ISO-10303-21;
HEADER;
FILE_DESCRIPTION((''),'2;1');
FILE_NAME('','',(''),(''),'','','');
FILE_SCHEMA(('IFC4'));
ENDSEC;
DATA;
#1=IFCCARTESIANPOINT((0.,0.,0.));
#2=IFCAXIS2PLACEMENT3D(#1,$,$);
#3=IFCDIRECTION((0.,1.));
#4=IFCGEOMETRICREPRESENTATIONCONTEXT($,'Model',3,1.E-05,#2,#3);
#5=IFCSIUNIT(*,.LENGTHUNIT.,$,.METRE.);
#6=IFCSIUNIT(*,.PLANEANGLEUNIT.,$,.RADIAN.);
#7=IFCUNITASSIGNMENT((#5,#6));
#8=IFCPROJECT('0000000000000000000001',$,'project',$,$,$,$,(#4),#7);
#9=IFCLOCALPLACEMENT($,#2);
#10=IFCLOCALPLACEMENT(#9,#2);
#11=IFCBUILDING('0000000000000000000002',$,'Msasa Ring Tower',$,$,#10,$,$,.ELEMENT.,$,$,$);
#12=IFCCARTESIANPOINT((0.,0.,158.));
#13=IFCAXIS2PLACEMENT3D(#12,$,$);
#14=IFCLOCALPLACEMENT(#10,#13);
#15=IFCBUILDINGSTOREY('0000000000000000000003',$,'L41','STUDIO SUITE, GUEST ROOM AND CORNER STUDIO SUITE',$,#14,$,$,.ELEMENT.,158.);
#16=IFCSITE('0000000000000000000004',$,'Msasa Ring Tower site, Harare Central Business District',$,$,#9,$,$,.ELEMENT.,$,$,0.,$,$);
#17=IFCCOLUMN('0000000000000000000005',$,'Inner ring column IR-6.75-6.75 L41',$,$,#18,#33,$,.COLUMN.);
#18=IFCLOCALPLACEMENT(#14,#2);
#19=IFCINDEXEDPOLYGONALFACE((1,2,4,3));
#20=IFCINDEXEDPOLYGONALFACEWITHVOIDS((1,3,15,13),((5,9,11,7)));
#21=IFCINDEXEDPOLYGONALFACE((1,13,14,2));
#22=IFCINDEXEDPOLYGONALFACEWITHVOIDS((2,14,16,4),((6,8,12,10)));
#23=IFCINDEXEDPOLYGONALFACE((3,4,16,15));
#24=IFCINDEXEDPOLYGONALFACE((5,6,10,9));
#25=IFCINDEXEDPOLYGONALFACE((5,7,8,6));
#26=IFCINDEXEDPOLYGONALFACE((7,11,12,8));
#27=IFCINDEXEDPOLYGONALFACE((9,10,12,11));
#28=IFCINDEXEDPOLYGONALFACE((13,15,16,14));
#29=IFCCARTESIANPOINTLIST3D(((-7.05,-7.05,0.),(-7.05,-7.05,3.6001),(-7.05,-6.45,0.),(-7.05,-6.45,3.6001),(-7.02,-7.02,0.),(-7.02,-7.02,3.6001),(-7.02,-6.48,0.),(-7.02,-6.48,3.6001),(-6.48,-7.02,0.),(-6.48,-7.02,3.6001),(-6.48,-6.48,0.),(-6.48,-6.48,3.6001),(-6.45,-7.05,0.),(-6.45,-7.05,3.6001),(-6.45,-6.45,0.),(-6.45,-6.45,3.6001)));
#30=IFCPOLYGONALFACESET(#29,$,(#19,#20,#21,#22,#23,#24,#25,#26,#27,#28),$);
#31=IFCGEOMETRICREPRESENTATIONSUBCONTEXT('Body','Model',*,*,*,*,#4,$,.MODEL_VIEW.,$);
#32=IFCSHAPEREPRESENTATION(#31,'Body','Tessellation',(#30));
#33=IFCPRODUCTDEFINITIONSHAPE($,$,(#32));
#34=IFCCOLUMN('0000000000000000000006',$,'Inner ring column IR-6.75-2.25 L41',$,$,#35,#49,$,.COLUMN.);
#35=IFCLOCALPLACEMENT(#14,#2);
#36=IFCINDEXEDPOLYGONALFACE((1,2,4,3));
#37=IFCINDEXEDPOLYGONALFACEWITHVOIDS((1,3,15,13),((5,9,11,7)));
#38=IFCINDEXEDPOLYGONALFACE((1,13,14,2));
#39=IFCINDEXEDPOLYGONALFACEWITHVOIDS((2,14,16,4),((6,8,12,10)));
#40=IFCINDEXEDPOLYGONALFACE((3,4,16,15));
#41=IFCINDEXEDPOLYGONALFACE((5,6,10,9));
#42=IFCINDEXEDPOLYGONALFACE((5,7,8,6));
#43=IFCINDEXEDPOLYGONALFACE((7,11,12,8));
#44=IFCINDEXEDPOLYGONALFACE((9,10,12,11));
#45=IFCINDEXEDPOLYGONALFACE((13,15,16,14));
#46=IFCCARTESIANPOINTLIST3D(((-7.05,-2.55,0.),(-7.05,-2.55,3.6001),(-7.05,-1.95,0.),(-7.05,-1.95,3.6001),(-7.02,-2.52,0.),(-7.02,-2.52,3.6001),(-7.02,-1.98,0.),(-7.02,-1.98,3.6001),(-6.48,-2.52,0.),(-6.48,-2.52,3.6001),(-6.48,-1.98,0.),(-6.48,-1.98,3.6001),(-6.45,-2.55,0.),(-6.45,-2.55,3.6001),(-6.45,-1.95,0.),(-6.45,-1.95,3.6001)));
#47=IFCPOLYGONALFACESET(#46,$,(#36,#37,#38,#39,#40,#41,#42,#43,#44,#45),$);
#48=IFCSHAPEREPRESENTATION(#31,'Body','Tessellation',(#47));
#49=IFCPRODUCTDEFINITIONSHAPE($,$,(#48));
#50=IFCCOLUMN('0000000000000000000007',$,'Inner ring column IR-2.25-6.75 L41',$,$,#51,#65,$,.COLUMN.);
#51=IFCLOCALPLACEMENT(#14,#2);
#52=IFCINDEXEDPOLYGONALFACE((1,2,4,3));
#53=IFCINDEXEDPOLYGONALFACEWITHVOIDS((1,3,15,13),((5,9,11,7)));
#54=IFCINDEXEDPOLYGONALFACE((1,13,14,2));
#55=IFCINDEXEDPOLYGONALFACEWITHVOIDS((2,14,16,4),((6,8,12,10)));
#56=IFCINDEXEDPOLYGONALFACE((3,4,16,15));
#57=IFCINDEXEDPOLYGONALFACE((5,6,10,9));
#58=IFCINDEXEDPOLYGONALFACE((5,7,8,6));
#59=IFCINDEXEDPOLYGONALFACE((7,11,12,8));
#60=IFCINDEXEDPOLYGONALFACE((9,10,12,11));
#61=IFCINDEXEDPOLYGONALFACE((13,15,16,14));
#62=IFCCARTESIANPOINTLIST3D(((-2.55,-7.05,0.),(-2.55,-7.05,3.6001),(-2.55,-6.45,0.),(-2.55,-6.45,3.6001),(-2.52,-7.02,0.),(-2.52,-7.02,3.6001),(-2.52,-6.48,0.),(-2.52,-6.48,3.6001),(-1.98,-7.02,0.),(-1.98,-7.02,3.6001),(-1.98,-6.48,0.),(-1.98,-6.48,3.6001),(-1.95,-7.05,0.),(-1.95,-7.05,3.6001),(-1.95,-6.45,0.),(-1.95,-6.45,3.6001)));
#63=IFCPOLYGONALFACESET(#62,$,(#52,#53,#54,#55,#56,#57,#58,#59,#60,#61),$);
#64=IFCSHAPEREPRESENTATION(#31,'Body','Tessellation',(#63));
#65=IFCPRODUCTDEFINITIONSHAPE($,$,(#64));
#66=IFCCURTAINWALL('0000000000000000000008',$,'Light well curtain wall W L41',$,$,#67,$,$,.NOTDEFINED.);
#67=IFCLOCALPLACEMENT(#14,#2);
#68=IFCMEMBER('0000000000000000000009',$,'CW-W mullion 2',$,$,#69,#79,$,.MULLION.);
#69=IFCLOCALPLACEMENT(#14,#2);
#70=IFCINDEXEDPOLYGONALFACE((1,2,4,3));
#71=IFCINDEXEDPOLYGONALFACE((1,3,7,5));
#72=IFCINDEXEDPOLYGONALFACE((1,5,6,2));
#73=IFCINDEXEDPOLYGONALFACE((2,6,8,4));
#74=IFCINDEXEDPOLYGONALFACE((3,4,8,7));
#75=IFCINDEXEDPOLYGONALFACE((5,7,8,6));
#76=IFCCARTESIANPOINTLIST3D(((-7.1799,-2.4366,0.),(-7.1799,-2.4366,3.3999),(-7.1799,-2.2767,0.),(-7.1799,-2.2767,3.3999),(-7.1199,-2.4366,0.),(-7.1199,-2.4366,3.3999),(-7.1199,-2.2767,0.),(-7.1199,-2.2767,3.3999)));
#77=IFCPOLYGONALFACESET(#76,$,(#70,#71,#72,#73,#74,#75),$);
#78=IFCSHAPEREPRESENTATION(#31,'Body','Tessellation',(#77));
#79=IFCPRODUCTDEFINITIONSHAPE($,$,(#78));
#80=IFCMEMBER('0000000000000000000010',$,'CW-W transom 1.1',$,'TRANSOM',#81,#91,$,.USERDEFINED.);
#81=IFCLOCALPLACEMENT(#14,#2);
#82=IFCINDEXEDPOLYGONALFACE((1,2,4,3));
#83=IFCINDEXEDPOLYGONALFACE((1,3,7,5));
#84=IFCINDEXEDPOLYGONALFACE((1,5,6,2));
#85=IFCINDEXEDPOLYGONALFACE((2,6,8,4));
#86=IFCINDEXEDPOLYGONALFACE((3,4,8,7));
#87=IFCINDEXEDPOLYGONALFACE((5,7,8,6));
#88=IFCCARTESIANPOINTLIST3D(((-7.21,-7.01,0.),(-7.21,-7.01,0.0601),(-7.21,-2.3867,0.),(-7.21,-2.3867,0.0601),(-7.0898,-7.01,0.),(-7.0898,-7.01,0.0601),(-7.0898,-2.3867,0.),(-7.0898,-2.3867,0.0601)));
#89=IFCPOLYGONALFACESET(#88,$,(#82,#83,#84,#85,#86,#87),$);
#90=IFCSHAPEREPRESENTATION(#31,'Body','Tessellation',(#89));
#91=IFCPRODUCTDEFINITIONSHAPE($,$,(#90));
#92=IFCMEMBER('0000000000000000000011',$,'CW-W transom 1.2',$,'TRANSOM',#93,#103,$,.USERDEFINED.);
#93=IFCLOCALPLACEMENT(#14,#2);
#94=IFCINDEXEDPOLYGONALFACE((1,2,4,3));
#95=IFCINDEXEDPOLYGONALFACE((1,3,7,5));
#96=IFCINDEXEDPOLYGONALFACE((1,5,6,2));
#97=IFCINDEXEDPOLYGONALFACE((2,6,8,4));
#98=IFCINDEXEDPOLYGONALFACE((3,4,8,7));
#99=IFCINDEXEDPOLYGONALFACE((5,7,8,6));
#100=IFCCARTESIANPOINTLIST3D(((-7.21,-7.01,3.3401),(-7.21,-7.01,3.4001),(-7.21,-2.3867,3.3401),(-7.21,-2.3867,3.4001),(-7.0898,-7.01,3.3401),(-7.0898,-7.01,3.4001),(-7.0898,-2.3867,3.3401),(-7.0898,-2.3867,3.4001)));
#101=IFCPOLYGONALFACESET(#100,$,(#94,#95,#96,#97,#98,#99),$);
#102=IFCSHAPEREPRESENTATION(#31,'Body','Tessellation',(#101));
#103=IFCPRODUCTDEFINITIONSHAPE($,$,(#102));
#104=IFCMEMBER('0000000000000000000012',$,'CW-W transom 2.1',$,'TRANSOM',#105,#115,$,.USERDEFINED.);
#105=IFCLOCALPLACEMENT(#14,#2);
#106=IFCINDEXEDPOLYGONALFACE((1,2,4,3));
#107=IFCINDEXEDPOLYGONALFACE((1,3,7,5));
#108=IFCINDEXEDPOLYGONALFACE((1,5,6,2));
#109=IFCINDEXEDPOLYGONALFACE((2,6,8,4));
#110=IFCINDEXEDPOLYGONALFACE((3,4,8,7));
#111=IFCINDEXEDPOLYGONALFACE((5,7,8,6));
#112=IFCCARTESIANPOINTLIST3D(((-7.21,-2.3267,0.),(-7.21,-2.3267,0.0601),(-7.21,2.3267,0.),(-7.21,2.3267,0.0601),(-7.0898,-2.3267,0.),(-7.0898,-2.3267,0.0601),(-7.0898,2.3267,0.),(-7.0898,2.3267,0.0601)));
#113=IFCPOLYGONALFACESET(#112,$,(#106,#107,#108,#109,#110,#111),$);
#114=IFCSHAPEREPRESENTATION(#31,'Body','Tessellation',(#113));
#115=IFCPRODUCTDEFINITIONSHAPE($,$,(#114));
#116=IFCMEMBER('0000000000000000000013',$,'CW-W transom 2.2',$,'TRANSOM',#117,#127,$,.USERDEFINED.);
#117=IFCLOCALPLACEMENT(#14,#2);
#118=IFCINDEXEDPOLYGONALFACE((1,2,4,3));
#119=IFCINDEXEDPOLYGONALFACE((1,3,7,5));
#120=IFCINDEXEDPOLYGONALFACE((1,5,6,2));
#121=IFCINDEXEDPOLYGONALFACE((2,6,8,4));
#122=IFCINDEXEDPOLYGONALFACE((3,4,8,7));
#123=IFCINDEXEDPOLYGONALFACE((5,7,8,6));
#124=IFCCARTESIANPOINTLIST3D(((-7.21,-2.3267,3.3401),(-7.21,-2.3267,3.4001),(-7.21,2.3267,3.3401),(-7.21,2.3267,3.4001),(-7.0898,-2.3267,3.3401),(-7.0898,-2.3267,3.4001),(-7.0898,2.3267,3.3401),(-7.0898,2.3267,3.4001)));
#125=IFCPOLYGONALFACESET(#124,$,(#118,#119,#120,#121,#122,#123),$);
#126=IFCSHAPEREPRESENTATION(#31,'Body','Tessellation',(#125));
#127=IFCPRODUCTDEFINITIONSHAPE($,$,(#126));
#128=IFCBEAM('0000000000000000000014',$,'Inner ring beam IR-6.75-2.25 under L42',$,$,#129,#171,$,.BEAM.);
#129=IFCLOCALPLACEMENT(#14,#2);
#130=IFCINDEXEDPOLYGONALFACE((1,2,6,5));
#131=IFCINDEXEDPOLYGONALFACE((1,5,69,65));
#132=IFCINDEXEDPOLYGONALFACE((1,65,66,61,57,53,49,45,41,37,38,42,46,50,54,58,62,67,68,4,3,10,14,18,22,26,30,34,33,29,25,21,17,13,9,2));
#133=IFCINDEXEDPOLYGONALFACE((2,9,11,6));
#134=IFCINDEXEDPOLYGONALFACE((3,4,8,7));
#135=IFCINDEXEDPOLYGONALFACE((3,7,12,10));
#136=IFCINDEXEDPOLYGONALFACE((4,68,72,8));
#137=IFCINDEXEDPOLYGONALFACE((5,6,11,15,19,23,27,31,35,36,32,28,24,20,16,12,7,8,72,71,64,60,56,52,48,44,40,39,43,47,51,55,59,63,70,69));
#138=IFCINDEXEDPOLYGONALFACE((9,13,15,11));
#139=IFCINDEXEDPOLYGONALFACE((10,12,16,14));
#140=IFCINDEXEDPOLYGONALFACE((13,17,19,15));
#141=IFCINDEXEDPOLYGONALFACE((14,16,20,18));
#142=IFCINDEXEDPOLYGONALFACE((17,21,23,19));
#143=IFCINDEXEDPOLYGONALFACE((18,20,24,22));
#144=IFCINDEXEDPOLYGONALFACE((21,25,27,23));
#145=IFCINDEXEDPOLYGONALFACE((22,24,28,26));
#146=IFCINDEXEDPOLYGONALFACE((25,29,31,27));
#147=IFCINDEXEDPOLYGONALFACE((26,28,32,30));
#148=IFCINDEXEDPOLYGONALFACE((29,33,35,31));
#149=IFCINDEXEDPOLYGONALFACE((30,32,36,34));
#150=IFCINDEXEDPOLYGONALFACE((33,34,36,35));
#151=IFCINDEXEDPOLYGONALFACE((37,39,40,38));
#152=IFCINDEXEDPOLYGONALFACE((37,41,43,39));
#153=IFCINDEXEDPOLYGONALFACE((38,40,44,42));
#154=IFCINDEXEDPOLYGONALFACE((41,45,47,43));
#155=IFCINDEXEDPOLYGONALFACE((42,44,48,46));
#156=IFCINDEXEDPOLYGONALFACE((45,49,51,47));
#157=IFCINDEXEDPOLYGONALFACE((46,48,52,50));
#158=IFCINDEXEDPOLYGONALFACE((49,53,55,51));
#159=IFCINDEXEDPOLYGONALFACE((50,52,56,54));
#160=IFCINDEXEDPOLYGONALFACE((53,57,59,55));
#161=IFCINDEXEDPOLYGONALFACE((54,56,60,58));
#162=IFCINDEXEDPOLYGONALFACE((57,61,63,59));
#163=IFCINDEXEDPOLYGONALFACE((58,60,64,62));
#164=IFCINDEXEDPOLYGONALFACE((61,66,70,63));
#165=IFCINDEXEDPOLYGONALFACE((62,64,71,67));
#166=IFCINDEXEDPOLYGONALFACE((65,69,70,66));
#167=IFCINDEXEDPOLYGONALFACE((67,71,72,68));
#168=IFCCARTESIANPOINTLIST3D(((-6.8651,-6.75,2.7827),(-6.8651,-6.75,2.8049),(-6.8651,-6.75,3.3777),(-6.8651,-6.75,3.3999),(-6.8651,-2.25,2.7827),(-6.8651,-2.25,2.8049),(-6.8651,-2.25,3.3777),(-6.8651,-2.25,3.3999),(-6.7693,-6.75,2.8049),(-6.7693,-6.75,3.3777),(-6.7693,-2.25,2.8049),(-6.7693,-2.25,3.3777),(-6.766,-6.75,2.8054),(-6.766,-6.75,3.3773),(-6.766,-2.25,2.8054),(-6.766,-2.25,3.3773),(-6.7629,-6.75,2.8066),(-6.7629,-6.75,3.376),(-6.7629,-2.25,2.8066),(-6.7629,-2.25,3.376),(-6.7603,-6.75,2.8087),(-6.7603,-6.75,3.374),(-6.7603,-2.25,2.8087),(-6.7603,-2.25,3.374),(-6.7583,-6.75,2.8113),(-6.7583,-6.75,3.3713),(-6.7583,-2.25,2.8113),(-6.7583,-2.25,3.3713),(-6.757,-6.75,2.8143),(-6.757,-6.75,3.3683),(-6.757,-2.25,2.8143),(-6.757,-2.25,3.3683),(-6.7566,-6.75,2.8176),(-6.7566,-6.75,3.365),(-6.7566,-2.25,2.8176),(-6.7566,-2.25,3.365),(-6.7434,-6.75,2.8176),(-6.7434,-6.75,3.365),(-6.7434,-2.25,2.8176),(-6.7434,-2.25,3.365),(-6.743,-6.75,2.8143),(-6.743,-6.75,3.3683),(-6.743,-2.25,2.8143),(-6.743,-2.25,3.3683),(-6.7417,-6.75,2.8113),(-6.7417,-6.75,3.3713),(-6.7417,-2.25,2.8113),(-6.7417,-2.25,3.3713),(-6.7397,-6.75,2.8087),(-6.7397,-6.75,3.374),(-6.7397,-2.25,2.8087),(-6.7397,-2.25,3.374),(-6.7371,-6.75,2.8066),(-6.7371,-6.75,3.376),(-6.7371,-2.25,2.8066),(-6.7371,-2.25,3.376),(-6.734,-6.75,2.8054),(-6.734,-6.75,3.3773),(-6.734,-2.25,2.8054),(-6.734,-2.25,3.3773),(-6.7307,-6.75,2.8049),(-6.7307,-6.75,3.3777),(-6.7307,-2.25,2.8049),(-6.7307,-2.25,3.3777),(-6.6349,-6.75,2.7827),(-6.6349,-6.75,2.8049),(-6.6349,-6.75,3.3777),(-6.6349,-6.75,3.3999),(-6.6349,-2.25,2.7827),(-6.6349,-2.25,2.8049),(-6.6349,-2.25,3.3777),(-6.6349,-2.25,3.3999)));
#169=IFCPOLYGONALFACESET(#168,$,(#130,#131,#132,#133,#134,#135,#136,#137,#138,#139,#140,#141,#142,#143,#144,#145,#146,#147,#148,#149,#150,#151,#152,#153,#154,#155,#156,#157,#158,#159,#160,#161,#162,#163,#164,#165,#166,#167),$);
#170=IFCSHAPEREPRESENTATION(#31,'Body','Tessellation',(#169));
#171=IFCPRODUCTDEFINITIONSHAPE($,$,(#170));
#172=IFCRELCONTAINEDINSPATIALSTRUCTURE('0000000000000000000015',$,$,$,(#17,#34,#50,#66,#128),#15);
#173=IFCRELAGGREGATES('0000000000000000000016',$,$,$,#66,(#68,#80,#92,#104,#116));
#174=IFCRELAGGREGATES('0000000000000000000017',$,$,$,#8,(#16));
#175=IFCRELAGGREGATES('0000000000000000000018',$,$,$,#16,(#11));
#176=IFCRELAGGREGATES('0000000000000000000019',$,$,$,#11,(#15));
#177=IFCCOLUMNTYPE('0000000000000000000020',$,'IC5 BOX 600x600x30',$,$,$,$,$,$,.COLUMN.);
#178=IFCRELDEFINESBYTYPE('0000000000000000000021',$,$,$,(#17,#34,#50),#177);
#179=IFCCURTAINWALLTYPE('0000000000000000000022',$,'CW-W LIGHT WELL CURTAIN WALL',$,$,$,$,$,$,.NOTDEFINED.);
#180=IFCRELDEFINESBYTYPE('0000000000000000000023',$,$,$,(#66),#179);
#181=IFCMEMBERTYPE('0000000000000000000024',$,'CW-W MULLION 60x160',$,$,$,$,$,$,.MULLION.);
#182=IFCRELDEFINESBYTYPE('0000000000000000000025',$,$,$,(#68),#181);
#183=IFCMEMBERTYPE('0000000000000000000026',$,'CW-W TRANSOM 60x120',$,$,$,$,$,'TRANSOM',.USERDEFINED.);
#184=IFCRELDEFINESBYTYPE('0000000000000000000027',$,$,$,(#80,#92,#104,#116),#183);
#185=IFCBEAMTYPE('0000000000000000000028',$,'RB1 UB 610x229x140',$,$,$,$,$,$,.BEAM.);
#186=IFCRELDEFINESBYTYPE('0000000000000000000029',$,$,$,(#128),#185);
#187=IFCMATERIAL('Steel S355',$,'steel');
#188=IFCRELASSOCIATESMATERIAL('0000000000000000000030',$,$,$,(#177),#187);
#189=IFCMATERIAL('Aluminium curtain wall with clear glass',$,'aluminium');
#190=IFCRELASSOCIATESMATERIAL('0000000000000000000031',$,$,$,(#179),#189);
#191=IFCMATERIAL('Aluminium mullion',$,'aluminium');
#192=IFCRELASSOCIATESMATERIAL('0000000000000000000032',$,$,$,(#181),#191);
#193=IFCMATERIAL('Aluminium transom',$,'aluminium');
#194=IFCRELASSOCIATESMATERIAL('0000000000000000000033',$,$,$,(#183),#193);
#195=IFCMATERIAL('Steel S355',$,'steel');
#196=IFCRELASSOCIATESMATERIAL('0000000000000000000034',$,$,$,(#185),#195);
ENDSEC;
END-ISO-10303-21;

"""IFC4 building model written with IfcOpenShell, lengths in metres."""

from ifc_helpers import new_model, si_unit, direction, frame, origin, origin_2d, place, context, subcontext, project, spatial, rectangle, hollow_rectangle, i_section, extrude, material, material_profile, profile_set, type_object, element, aggregate, save


model = new_model("IFC4")

# Units and contexts
model_context = context("Model", 3, precision=1e-05, world=origin(), true_north=direction((0.0, 1.0)))
body_context = subcontext(model_context, "Body", "Model", "MODEL_VIEW")
ifc_project = project(units=[si_unit("LENGTHUNIT", "METRE"), si_unit("PLANEANGLEUNIT", "RADIAN")], contexts=[model_context])

# Site, building, storey
site_placement = place(None, origin())
site = spatial("IfcSite", under=ifc_project, at=site_placement, Name="Msasa Ring Tower site, Harare Central Business District", CompositionType="ELEMENT", RefElevation=0.0)
building_placement = place(site_placement, origin())
building = spatial("IfcBuilding", under=site, at=building_placement, Name="Msasa Ring Tower", CompositionType="ELEMENT")
storey_placement = place(building_placement, frame((0.0, 0.0, 158.0)))
storey = spatial("IfcBuildingStorey", under=building, at=storey_placement, Name="L41", Description="STUDIO SUITE, GUEST ROOM AND CORNER STUDIO SUITE", CompositionType="ELEMENT", Elevation=158.0)

# Columns
ifc_material_1 = material(Name="Steel S355", Category="steel")
ifc_material_profile_1 = material_profile(ifc_material_1, hollow_rectangle(XDim=0.6001, YDim=0.6001, WallThickness=0.03, at=origin_2d()), Name="BOX 600x600x30")
ifc_profile_set_1 = profile_set([ifc_material_profile_1], Name="Steel S355")
column_type = type_object("IfcColumnType", Name="IC5 BOX 600x600x30", PredefinedType="COLUMN", material=ifc_profile_set_1)
for number, where, z_axis, x_axis, name in (
    (1, (-6.75, -6.75, 0.0), (0.0, 0.0, 1.0), (1.0, 0.0, 0.0), "Inner ring column IR-6.75-6.75 L41"),
    (2, (-6.75, -2.25, 0.0), (0.0, 0.0, 1.0), (1.0, 0.0, 0.0), "Inner ring column IR-6.75-2.25 L41"),
    (3, (-2.25, -6.75, 0.0), (0.0, 0.0, 1.0), (1.0, 0.0, 0.0), "Inner ring column IR-2.25-6.75 L41"),
):
    element("IfcColumn", number, at=place(storey_placement, frame(where, z_axis=z_axis, x_axis=x_axis)), inside=storey, type_object=column_type, Name=name, PredefinedType="COLUMN", context=body_context, shape_type="SweptSolid", body=[
        extrude(hollow_rectangle(XDim=0.6001, YDim=0.6001, WallThickness=0.03, at=origin_2d()), origin(), (0.0, 0.0, 1.0), 3.6001),
    ])

# Curtain wall, members
ifc_material_2 = material(Name="Aluminium curtain wall with clear glass", Category="aluminium")
curtain_wall_type = type_object("IfcCurtainWallType", Name="CW-W LIGHT WELL CURTAIN WALL", PredefinedType="NOTDEFINED", material=ifc_material_2)
curtain_wall_1_placement = place(storey_placement, origin())
curtain_wall_1 = element("IfcCurtainWall", 4, at=curtain_wall_1_placement, inside=storey, type_object=curtain_wall_type, Name="Light well curtain wall W L41", PredefinedType="NOTDEFINED")
ifc_material_3 = material(Name="Aluminium mullion", Category="aluminium")
ifc_material_profile_2 = material_profile(ifc_material_3, rectangle(XDim=0.0601, YDim=0.1599, at=origin_2d()), Name="AL 60x160")
ifc_profile_set_2 = profile_set([ifc_material_profile_2], Name="Aluminium mullion")
member_type_1 = type_object("IfcMemberType", Name="CW-W MULLION 60x160", PredefinedType="MULLION", material=ifc_profile_set_2)
member_1_placement = place(storey_placement, frame((-7.1499, -2.3567, 0.0), z_axis=(0.0, 0.0, 1.0), x_axis=(-1.0, 0.0, 0.0)))
member_1 = element("IfcMember", 5, at=member_1_placement, type_object=member_type_1, Name="CW-W mullion 2", PredefinedType="MULLION", context=body_context, shape_type="SweptSolid", body=[
    extrude(rectangle(XDim=0.0601, YDim=0.1599, at=origin_2d()), origin(), (0.0, 0.0, 1.0), 3.3999),
])
ifc_material_4 = material(Name="Aluminium transom", Category="aluminium")
ifc_material_profile_3 = material_profile(ifc_material_4, rectangle(XDim=0.1201, YDim=0.0601, at=origin_2d()), Name="AL 60x120")
ifc_profile_set_3 = profile_set([ifc_material_profile_3], Name="Aluminium transom")
member_type_2 = type_object("IfcMemberType", Name="CW-W TRANSOM 60x120", ElementType="TRANSOM", PredefinedType="USERDEFINED", material=ifc_profile_set_3)
member_2_placement = place(storey_placement, frame((-7.1499, -7.01, 0.03), z_axis=(0.0, 1.0, 0.0), x_axis=(-1.0, 0.0, 0.0)))
member_2 = element("IfcMember", 6, at=member_2_placement, type_object=member_type_2, Name="CW-W transom 1.1", ObjectType="TRANSOM", PredefinedType="USERDEFINED", context=body_context, shape_type="SweptSolid", body=[
    extrude(rectangle(XDim=0.1201, YDim=0.0601, at=origin_2d()), origin(), (0.0, 0.0, 1.0), 4.6233),
])
member_3_placement = place(storey_placement, frame((-7.1499, -7.01, 3.3701), z_axis=(0.0, 1.0, 0.0), x_axis=(-1.0, 0.0, 0.0)))
member_3 = element("IfcMember", 7, at=member_3_placement, type_object=member_type_2, Name="CW-W transom 1.2", ObjectType="TRANSOM", PredefinedType="USERDEFINED", context=body_context, shape_type="SweptSolid", body=[
    extrude(rectangle(XDim=0.1201, YDim=0.0601, at=origin_2d()), origin(), (0.0, 0.0, 1.0), 4.6233),
])
member_4_placement = place(storey_placement, frame((-7.1499, -2.3267, 0.03), z_axis=(0.0, 1.0, 0.0), x_axis=(-1.0, 0.0, 0.0)))
member_4 = element("IfcMember", 8, at=member_4_placement, type_object=member_type_2, Name="CW-W transom 2.1", ObjectType="TRANSOM", PredefinedType="USERDEFINED", context=body_context, shape_type="SweptSolid", body=[
    extrude(rectangle(XDim=0.1201, YDim=0.0601, at=origin_2d()), origin(), (0.0, 0.0, 1.0), 4.6533),
])
member_5_placement = place(storey_placement, frame((-7.1499, -2.3267, 3.3701), z_axis=(0.0, 1.0, 0.0), x_axis=(-1.0, 0.0, 0.0)))
member_5 = element("IfcMember", 9, at=member_5_placement, type_object=member_type_2, Name="CW-W transom 2.2", ObjectType="TRANSOM", PredefinedType="USERDEFINED", context=body_context, shape_type="SweptSolid", body=[
    extrude(rectangle(XDim=0.1201, YDim=0.0601, at=origin_2d()), origin(), (0.0, 0.0, 1.0), 4.6533),
])

# Beam
ifc_material_5 = material(Name="Steel S355", Category="steel")
ifc_material_profile_4 = material_profile(ifc_material_5, i_section(OverallWidth=0.2302, OverallDepth=0.6172, WebThickness=0.0132, FlangeThickness=0.0222, FilletRadius=0.0127, at=origin_2d()), Name="UB 610x229x140")
ifc_profile_set_4 = profile_set([ifc_material_profile_4], Name="Steel S355")
beam_type = type_object("IfcBeamType", Name="RB1 UB 610x229x140", PredefinedType="BEAM", material=ifc_profile_set_4)
for number, where, z_axis, x_axis, name in (
    (10, (-6.75, -2.25, 3.0913), (0.0, -1.0, 0.0), (1.0, 0.0, 0.0), "Inner ring beam IR-6.75-2.25 under L42"),
):
    element("IfcBeam", number, at=place(storey_placement, frame(where, z_axis=z_axis, x_axis=x_axis)), inside=storey, type_object=beam_type, Name=name, PredefinedType="BEAM", context=body_context, shape_type="SweptSolid", body=[
        extrude(i_section(OverallWidth=0.2302, OverallDepth=0.6172, WebThickness=0.0132, FlangeThickness=0.0222, FilletRadius=0.0127, at=origin_2d()), origin(), (0.0, 0.0, 1.0), 4.5),
    ])

aggregate(curtain_wall_1, [member_1, member_2, member_3, member_4, member_5])

save(model, "model.ifc")
